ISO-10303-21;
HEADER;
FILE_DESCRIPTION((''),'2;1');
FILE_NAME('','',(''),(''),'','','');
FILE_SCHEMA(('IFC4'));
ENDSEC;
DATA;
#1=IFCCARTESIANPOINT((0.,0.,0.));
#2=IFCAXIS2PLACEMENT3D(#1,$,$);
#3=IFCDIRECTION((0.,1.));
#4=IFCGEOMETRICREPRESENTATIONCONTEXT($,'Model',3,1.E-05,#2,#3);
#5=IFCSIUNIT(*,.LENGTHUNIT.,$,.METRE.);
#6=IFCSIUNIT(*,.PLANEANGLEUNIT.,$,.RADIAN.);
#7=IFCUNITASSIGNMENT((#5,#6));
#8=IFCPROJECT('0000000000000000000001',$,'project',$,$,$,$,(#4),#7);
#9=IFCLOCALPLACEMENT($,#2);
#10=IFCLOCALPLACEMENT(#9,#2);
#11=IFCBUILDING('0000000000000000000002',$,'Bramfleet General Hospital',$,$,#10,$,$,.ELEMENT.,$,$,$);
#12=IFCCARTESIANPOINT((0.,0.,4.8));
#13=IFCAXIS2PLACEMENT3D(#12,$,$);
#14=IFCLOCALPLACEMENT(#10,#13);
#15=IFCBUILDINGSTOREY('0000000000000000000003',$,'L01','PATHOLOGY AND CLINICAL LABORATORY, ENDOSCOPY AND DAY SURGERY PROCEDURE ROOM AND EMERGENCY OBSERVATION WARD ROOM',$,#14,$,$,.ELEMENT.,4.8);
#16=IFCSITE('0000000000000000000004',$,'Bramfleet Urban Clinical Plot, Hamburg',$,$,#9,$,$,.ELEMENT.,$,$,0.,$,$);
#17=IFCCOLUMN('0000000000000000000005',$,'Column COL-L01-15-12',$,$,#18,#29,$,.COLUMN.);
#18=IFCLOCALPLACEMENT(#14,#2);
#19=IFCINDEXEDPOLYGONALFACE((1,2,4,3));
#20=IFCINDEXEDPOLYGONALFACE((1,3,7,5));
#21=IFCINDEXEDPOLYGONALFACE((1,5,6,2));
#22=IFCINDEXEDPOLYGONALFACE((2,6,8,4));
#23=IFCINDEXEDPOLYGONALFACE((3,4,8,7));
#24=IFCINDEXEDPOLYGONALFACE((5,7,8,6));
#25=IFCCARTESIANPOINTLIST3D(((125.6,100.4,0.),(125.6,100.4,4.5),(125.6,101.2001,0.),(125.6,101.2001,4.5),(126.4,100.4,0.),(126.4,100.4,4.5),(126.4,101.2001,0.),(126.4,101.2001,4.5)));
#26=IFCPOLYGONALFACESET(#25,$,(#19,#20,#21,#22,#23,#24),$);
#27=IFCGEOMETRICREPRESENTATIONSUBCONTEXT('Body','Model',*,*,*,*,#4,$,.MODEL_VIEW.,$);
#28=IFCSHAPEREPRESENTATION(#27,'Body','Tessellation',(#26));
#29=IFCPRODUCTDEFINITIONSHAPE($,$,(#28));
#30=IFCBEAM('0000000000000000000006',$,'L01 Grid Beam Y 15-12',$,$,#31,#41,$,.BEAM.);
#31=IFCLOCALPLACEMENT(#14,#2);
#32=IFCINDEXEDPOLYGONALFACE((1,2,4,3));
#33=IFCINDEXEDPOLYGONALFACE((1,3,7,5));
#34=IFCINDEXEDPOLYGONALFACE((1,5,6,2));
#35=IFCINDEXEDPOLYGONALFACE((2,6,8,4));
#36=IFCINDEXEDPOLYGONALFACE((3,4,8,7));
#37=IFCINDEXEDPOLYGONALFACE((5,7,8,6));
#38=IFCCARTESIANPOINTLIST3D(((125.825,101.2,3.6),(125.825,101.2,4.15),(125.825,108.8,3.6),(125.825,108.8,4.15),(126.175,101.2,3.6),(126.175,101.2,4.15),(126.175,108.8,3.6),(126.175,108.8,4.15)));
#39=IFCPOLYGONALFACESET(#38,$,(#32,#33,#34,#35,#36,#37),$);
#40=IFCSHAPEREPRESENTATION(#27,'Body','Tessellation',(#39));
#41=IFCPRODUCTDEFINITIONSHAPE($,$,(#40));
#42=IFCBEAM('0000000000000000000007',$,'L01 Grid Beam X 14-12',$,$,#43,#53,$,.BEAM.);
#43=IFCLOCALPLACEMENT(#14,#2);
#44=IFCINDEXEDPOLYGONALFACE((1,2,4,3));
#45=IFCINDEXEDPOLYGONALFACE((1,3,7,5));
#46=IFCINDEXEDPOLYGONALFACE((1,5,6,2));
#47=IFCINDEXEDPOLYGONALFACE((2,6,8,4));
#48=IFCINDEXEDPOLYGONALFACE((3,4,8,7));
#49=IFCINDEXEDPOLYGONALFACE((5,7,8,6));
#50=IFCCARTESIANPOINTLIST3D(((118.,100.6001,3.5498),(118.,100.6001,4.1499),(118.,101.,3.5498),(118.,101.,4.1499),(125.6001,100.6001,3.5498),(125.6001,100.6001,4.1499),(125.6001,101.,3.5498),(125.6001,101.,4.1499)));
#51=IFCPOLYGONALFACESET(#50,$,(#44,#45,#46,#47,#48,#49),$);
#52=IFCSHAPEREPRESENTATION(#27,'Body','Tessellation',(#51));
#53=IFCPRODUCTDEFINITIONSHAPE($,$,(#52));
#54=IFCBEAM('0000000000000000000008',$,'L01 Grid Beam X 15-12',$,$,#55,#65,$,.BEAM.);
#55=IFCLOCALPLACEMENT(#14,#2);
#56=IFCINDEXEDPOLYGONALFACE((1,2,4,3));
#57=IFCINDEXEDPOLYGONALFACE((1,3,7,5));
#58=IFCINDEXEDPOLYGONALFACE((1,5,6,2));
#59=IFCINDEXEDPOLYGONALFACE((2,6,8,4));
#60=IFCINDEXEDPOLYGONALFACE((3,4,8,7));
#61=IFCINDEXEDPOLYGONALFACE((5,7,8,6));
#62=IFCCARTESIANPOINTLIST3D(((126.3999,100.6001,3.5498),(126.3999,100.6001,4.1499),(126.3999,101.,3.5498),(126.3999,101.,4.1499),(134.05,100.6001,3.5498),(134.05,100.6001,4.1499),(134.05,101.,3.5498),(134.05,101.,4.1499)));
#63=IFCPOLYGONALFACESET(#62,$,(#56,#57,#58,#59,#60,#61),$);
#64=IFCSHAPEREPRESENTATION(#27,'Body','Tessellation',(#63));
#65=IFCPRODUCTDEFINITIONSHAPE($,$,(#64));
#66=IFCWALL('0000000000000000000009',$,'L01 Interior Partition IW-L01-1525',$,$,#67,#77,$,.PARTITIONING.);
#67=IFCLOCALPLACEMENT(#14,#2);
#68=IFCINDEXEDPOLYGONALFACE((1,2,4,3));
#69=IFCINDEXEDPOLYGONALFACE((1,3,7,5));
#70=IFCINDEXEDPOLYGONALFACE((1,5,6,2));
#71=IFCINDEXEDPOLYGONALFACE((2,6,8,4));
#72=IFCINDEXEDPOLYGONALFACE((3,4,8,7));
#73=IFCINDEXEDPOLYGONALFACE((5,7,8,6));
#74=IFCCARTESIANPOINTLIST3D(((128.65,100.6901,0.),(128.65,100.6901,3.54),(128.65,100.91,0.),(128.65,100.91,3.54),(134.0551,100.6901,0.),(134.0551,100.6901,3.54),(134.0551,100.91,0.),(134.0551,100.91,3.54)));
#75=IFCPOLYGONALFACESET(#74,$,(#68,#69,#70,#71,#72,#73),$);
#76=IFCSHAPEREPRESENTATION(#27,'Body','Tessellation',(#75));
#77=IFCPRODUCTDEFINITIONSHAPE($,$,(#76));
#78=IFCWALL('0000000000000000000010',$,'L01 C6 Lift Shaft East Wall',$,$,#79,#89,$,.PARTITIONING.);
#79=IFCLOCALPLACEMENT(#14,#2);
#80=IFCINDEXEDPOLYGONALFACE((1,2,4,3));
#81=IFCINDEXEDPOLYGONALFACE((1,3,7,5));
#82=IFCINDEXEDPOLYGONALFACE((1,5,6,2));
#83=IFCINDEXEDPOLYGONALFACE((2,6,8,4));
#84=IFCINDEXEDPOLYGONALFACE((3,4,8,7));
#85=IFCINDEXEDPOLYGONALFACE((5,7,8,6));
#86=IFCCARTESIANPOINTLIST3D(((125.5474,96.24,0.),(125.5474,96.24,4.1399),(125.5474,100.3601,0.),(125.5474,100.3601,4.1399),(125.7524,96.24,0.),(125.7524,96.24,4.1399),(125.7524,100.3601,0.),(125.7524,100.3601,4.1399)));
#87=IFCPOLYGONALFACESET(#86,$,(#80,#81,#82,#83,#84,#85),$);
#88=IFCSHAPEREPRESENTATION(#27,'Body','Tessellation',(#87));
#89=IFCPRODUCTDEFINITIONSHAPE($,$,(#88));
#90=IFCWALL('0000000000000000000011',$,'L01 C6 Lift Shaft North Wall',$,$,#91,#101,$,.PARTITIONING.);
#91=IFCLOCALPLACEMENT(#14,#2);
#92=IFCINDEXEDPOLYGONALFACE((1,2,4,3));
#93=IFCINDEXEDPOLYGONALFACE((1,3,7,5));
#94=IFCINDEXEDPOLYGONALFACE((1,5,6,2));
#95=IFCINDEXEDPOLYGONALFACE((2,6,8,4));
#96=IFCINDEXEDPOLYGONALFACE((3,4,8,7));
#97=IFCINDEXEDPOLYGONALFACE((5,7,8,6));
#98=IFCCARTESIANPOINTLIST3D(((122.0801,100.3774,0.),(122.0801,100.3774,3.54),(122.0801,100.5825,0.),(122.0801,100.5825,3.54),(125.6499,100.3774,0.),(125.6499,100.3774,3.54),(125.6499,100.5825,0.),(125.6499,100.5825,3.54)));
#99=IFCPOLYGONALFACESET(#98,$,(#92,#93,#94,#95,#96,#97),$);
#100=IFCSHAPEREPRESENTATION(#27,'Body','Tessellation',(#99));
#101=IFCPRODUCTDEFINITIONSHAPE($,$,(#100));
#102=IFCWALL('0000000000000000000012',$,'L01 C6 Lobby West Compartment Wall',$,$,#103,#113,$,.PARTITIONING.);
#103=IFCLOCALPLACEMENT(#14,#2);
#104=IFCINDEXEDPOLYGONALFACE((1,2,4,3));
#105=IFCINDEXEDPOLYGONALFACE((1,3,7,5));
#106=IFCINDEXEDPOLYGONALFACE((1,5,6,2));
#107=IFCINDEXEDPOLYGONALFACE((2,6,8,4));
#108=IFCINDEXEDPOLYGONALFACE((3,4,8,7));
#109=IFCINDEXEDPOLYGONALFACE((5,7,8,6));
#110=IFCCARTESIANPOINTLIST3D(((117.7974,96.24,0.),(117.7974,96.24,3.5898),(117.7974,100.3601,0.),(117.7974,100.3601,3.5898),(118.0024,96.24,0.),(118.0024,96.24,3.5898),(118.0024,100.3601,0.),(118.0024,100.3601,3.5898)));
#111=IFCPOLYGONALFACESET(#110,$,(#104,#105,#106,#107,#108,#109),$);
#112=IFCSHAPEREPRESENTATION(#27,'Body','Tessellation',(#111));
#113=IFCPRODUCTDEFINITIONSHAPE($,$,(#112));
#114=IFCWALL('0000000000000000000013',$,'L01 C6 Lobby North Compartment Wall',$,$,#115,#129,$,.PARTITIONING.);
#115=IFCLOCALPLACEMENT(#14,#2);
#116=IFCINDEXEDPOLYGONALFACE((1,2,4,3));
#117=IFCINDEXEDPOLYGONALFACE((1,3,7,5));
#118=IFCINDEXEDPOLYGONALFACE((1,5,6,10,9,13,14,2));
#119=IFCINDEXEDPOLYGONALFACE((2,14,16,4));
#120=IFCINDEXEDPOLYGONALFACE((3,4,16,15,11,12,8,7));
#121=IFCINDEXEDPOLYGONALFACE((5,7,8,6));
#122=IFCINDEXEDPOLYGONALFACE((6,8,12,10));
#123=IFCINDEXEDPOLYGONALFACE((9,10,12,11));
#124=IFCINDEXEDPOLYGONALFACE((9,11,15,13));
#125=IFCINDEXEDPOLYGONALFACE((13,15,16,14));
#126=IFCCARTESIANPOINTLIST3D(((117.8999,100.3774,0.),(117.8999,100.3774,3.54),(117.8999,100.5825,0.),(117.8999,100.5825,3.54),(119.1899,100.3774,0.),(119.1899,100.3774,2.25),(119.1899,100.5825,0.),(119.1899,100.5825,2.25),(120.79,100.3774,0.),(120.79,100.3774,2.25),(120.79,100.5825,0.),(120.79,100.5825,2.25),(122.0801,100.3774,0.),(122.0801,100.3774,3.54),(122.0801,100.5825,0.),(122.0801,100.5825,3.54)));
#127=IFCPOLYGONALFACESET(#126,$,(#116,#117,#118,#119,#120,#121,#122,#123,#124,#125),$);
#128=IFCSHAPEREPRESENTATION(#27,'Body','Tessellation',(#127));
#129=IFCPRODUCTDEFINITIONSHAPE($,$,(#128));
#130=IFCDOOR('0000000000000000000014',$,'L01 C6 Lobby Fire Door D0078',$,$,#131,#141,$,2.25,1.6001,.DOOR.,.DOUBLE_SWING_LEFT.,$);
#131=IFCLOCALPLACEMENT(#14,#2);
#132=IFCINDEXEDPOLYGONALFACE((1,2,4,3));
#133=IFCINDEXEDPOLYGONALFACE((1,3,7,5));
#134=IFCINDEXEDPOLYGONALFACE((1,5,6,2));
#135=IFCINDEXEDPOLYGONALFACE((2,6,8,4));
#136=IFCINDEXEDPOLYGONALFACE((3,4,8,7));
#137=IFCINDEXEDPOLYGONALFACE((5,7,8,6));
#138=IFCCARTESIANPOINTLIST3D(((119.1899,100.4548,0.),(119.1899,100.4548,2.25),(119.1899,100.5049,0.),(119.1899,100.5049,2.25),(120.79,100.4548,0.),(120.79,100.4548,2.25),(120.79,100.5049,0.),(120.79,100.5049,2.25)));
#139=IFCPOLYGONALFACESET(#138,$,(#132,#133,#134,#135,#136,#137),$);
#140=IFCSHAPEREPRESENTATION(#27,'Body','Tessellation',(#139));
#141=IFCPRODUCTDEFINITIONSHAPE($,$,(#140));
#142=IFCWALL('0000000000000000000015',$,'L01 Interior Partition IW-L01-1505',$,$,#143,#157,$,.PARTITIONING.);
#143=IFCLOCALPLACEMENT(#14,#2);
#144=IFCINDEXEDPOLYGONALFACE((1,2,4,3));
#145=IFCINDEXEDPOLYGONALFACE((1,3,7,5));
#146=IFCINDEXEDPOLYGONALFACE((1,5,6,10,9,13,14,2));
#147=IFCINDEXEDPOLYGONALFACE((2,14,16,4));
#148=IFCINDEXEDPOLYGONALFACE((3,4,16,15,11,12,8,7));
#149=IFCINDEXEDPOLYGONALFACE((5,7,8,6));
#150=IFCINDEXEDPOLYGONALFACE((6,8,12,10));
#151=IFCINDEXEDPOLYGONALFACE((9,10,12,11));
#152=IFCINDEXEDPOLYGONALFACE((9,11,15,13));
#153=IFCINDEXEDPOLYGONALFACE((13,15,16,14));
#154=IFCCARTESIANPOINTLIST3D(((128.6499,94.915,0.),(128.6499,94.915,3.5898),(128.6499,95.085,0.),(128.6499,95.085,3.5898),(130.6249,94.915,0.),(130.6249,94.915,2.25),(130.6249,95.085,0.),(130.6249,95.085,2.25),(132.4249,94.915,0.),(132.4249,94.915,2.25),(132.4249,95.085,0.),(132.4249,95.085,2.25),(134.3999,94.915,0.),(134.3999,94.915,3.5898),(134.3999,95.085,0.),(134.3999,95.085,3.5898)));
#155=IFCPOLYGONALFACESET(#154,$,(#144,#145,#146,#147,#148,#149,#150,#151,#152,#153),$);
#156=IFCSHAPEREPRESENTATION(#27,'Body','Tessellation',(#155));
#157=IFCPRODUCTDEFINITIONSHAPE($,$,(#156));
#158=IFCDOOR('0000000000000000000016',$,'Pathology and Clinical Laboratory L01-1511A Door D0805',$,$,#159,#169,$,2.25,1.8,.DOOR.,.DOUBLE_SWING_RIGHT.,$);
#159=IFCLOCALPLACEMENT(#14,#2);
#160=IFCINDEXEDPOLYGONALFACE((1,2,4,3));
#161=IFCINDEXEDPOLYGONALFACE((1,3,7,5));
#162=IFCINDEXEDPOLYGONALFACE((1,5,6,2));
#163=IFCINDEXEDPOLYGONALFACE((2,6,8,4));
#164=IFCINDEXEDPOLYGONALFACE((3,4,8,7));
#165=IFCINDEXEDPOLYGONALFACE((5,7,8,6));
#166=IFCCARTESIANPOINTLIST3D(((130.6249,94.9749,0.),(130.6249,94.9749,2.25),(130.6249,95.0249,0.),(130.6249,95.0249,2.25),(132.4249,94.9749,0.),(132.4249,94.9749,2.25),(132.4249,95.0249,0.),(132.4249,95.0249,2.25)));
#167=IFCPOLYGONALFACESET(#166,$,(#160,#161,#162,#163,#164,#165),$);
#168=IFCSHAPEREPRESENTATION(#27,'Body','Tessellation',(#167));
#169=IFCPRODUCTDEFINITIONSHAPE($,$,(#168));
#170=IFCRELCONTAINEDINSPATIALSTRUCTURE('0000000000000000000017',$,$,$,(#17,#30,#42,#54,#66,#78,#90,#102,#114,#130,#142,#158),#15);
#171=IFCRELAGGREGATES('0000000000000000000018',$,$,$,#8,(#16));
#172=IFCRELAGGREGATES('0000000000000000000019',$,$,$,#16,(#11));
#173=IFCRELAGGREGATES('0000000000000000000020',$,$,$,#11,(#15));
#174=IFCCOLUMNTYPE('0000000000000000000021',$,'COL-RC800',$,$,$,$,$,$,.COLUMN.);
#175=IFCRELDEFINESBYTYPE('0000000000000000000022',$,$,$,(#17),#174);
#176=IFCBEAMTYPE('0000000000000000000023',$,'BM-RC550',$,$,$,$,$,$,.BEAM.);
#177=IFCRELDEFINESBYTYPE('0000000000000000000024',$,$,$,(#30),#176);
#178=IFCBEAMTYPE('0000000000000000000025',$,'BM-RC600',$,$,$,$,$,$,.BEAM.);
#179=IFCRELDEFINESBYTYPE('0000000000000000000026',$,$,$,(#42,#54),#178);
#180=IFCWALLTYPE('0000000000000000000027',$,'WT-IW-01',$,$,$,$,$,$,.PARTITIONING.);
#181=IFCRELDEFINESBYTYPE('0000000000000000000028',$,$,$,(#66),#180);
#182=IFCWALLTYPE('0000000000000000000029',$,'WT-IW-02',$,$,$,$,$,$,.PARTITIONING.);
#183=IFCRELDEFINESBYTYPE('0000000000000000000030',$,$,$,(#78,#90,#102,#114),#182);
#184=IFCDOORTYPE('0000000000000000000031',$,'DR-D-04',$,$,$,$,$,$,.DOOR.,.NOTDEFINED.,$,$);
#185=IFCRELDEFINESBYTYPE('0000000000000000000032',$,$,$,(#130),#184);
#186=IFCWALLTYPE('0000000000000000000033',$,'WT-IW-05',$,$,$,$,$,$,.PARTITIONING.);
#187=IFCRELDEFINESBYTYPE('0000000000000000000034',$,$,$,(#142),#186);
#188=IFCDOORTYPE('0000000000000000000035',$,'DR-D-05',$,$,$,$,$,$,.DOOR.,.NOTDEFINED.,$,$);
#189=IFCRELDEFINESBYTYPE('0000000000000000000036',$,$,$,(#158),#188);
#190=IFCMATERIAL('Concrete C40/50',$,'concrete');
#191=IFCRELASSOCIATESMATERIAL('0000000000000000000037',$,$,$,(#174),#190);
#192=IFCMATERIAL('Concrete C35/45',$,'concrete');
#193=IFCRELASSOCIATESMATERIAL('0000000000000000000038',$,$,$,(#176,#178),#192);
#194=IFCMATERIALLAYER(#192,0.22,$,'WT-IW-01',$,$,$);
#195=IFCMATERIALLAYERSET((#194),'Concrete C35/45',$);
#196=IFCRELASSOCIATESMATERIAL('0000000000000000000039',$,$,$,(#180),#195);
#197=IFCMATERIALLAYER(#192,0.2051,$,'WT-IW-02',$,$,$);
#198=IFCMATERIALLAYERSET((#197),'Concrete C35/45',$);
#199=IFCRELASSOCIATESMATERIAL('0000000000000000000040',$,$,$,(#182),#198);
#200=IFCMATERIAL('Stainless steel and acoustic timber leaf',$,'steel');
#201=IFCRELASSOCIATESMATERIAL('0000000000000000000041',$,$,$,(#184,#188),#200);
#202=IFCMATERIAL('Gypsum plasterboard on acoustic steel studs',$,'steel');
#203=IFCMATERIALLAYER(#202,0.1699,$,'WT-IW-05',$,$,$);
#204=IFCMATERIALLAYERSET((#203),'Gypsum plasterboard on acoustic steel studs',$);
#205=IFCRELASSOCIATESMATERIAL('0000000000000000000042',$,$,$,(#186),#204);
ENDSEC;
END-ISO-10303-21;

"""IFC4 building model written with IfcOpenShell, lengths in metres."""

from ifc_helpers import new_model, si_unit, direction, frame, frame_2d, origin, origin_2d, place, context, subcontext, project, spatial, rectangle, extrude, material, layer, layer_set, material_profile, profile_set, type_object, element, fill, save


model = new_model("IFC4")

# Units and contexts
model_context = context("Model", 3, precision=1e-05, world=origin(), true_north=direction((0.0, 1.0)))
body_context = subcontext(model_context, "Body", "Model", "MODEL_VIEW")
ifc_project = project(units=[si_unit("LENGTHUNIT", "METRE"), si_unit("PLANEANGLEUNIT", "RADIAN")], contexts=[model_context])

# Site, building, storey
site_placement = place(None, origin())
site = spatial("IfcSite", under=ifc_project, at=site_placement, Name="Bramfleet Urban Clinical Plot, Hamburg", CompositionType="ELEMENT", RefElevation=0.0)
building_placement = place(site_placement, origin())
building = spatial("IfcBuilding", under=site, at=building_placement, Name="Bramfleet General Hospital", CompositionType="ELEMENT")
storey_placement = place(building_placement, frame((0.0, 0.0, 4.8)))
storey = spatial("IfcBuildingStorey", under=building, at=storey_placement, Name="L01", Description="PATHOLOGY AND CLINICAL LABORATORY, ENDOSCOPY AND DAY SURGERY PROCEDURE ROOM AND EMERGENCY OBSERVATION WARD ROOM", CompositionType="ELEMENT", Elevation=4.8)

# Column
ifc_material_1 = material(Name="Concrete C40/50", Category="concrete")
ifc_material_profile_1 = material_profile(ifc_material_1, rectangle(XDim=0.8, YDim=0.8, at=origin_2d()), Name="RC COL 800x800")
ifc_profile_set_1 = profile_set([ifc_material_profile_1], Name="Concrete C40/50")
column_type = type_object("IfcColumnType", Name="COL-RC800", PredefinedType="COLUMN", material=ifc_profile_set_1)
column_placement = place(storey_placement, frame((126.0, 100.8, 0.0), z_axis=(0.0, 0.0, 1.0), x_axis=(1.0, 0.0, 0.0)))
element("IfcColumn", 1, at=column_placement, inside=storey, type_object=column_type, Name="Column COL-L01-15-12", PredefinedType="COLUMN", context=body_context, shape_type="SweptSolid", body=[
    extrude(rectangle(XDim=0.8, YDim=0.8, at=origin_2d()), origin(), (0.0, 0.0, 1.0), 4.5),
])

# Beams
ifc_material_2 = material(Name="Concrete C35/45", Category="concrete")
ifc_material_profile_2 = material_profile(ifc_material_2, rectangle(XDim=0.3501, YDim=0.55, at=origin_2d()), Name="RC BM 550x350")
ifc_profile_set_2 = profile_set([ifc_material_profile_2], Name="Concrete C35/45")
beam_type_1 = type_object("IfcBeamType", Name="BM-RC550", PredefinedType="BEAM", material=ifc_profile_set_2)
beam_1_placement = place(storey_placement, frame((126.0, 101.2, 3.875), z_axis=(0.0, 1.0, 0.0), x_axis=(-1.0, 0.0, 0.0)))
element("IfcBeam", 2, at=beam_1_placement, inside=storey, type_object=beam_type_1, Name="L01 Grid Beam Y 15-12", PredefinedType="BEAM", context=body_context, shape_type="SweptSolid", body=[
    extrude(rectangle(XDim=0.3501, YDim=0.55, at=origin_2d()), origin(), (0.0, 0.0, 1.0), 7.6001),
])
ifc_material_profile_3 = material_profile(ifc_material_2, rectangle(XDim=0.3999, YDim=0.6001, at=origin_2d()), Name="RC BM 600x400")
ifc_profile_set_3 = profile_set([ifc_material_profile_3], Name="Concrete C35/45")
beam_type_2 = type_object("IfcBeamType", Name="BM-RC600", PredefinedType="BEAM", material=ifc_profile_set_3)
beam_2_placement = place(storey_placement, frame((118.0, 100.8, 3.8499), z_axis=(1.0, 0.0, 0.0), x_axis=(0.0, 1.0, 0.0)))
element("IfcBeam", 3, at=beam_2_placement, inside=storey, type_object=beam_type_2, Name="L01 Grid Beam X 14-12", PredefinedType="BEAM", context=body_context, shape_type="SweptSolid", body=[
    extrude(rectangle(XDim=0.3999, YDim=0.6001, at=origin_2d()), origin(), (0.0, 0.0, 1.0), 7.6001),
])
beam_3_placement = place(storey_placement, frame((126.3999, 100.8, 3.8499), z_axis=(1.0, 0.0, 0.0), x_axis=(0.0, 1.0, 0.0)))
element("IfcBeam", 4, at=beam_3_placement, inside=storey, type_object=beam_type_2, Name="L01 Grid Beam X 15-12", PredefinedType="BEAM", context=body_context, shape_type="SweptSolid", body=[
    extrude(rectangle(XDim=0.3999, YDim=0.6001, at=origin_2d()), origin(), (0.0, 0.0, 1.0), 7.6501),
])

# Wall
ifc_layer_1 = layer(ifc_material_2, 0.22, Name="WT-IW-01")
ifc_layer_set_1 = layer_set([ifc_layer_1], Name="Concrete C35/45")
wall_type_1 = type_object("IfcWallType", Name="WT-IW-01", PredefinedType="PARTITIONING", material=ifc_layer_set_1)
wall_1_placement = place(storey_placement, frame((128.6499, 100.8, 0.0), z_axis=(0.0, 0.0, 1.0), x_axis=(1.0, 0.0, 0.0)))
element("IfcWall", 5, at=wall_1_placement, inside=storey, type_object=wall_type_1, Name="L01 Interior Partition IW-L01-1525", PredefinedType="PARTITIONING", context=body_context, shape_type="SweptSolid", body=[
    extrude(rectangle(XDim=5.405, YDim=0.22, at=frame_2d((2.7026, 0.0))), origin(), (0.0, 0.0, 1.0), 3.54),
])

# Shared definitions
ifc_layer_2 = layer(ifc_material_2, 0.2051, Name="WT-IW-02")
ifc_layer_set_2 = layer_set([ifc_layer_2], Name="Concrete C35/45")
wall_type_2 = type_object("IfcWallType", Name="WT-IW-02", PredefinedType="PARTITIONING", material=ifc_layer_set_2)

# Walls
wall_2_placement = place(storey_placement, frame((125.6499, 96.24, 0.0), z_axis=(0.0, 0.0, 1.0), x_axis=(0.0, 1.0, 0.0)))
element("IfcWall", 6, at=wall_2_placement, inside=storey, type_object=wall_type_2, Name="L01 C6 Lift Shaft East Wall", PredefinedType="PARTITIONING", context=body_context, shape_type="SweptSolid", body=[
    extrude(rectangle(XDim=4.1201, YDim=0.2051, at=frame_2d((2.0601, 0.0))), origin(), (0.0, 0.0, 1.0), 4.1399),
])
wall_3_placement = place(storey_placement, frame((122.0801, 100.48, 0.0), z_axis=(0.0, 0.0, 1.0), x_axis=(1.0, 0.0, 0.0)))
element("IfcWall", 7, at=wall_3_placement, inside=storey, type_object=wall_type_2, Name="L01 C6 Lift Shaft North Wall", PredefinedType="PARTITIONING", context=body_context, shape_type="SweptSolid", body=[
    extrude(rectangle(XDim=3.5698, YDim=0.2051, at=frame_2d((1.7849, 0.0))), origin(), (0.0, 0.0, 1.0), 3.54),
])
wall_4_placement = place(storey_placement, frame((117.8999, 96.24, 0.0), z_axis=(0.0, 0.0, 1.0), x_axis=(0.0, 1.0, 0.0)))
element("IfcWall", 8, at=wall_4_placement, inside=storey, type_object=wall_type_2, Name="L01 C6 Lobby West Compartment Wall", PredefinedType="PARTITIONING", context=body_context, shape_type="SweptSolid", body=[
    extrude(rectangle(XDim=4.1201, YDim=0.2051, at=frame_2d((2.0601, 0.0))), origin(), (0.0, 0.0, 1.0), 3.5898),
])

# Walls, openings, doors
wall_5_placement = place(storey_placement, frame((117.8999, 100.48, 0.0), z_axis=(0.0, 0.0, 1.0), x_axis=(1.0, 0.0, 0.0)))
wall_5 = element("IfcWall", 9, at=wall_5_placement, inside=storey, type_object=wall_type_2, Name="L01 C6 Lobby North Compartment Wall", PredefinedType="PARTITIONING", context=body_context, shape_type="SweptSolid", body=[
    extrude(rectangle(XDim=4.1802, YDim=0.2051, at=frame_2d((2.0901, 0.0))), origin(), (0.0, 0.0, 1.0), 3.54),
])
opening_1_placement = place(wall_5_placement, frame((1.29, 0.0, 0.0)))
opening_1 = element("IfcOpeningElement", 10, at=opening_1_placement, cuts=wall_5, PredefinedType="OPENING", context=body_context, shape_type="SweptSolid", body=[
    extrude(rectangle(XDim=1.6001, YDim=2.25, at=frame_2d((0.8, 1.125))), frame((0.0, 0.1125, 0.0), z_axis=(0.0, -1.0, 0.0), x_axis=(1.0, 0.0, 0.0)), (0.0, 0.0, 1.0), 0.2251),
])
ifc_material_3 = material(Name="Stainless steel and acoustic timber leaf", Category="steel")
door_type_1 = type_object("IfcDoorType", Name="DR-D-04", OperationType="NOTDEFINED", PredefinedType="DOOR", material=ifc_material_3)
door_1_placement = place(opening_1_placement, origin())
door_1 = element("IfcDoor", 11, at=door_1_placement, inside=storey, type_object=door_type_1, Name="L01 C6 Lobby Fire Door D0078", OperationType="DOUBLE_SWING_LEFT", OverallHeight=2.25, OverallWidth=1.6001, PredefinedType="DOOR", context=body_context, shape_type="SweptSolid", body=[
    extrude(rectangle(XDim=1.6001, YDim=2.25, at=frame_2d((0.8, 1.125))), frame((0.0, 0.0249, 0.0), z_axis=(0.0, -1.0, 0.0), x_axis=(1.0, 0.0, 0.0)), (0.0, 0.0, 1.0), 0.05),
])
fill(opening_1, door_1)
ifc_material_4 = material(Name="Gypsum plasterboard on acoustic steel studs", Category="steel")
ifc_layer_3 = layer(ifc_material_4, 0.1699, Name="WT-IW-05")
ifc_layer_set_3 = layer_set([ifc_layer_3], Name="Gypsum plasterboard on acoustic steel studs")
wall_type_3 = type_object("IfcWallType", Name="WT-IW-05", PredefinedType="PARTITIONING", material=ifc_layer_set_3)
wall_6_placement = place(storey_placement, frame((128.6499, 95.0, 0.0), z_axis=(0.0, 0.0, 1.0), x_axis=(1.0, 0.0, 0.0)))
wall_6 = element("IfcWall", 12, at=wall_6_placement, inside=storey, type_object=wall_type_3, Name="L01 Interior Partition IW-L01-1505", PredefinedType="PARTITIONING", context=body_context, shape_type="SweptSolid", body=[
    extrude(rectangle(XDim=5.75, YDim=0.1699, at=frame_2d((2.875, 0.0))), origin(), (0.0, 0.0, 1.0), 3.5898),
])
opening_2_placement = place(wall_6_placement, frame((1.9751, 0.0, 0.0)))
opening_2 = element("IfcOpeningElement", 13, at=opening_2_placement, cuts=wall_6, PredefinedType="OPENING", context=body_context, shape_type="SweptSolid", body=[
    extrude(rectangle(XDim=1.8, YDim=2.25, at=frame_2d((0.8999, 1.125))), frame((0.0, 0.095, 0.0), z_axis=(0.0, -1.0, 0.0), x_axis=(1.0, 0.0, 0.0)), (0.0, 0.0, 1.0), 0.1899),
])
door_type_2 = type_object("IfcDoorType", Name="DR-D-05", OperationType="NOTDEFINED", PredefinedType="DOOR", material=ifc_material_3)
door_2_placement = place(opening_2_placement, origin())
door_2 = element("IfcDoor", 14, at=door_2_placement, inside=storey, type_object=door_type_2, Name="Pathology and Clinical Laboratory L01-1511A Door D0805", OperationType="DOUBLE_SWING_RIGHT", OverallHeight=2.25, OverallWidth=1.8, PredefinedType="DOOR", context=body_context, shape_type="SweptSolid", body=[
    extrude(rectangle(XDim=1.8, YDim=2.25, at=frame_2d((0.8999, 1.125))), frame((0.0, 0.0249, 0.0), z_axis=(0.0, -1.0, 0.0), x_axis=(1.0, 0.0, 0.0)), (0.0, 0.0, 1.0), 0.05),
])
fill(opening_2, door_2)

save(model, "model.ifc")
